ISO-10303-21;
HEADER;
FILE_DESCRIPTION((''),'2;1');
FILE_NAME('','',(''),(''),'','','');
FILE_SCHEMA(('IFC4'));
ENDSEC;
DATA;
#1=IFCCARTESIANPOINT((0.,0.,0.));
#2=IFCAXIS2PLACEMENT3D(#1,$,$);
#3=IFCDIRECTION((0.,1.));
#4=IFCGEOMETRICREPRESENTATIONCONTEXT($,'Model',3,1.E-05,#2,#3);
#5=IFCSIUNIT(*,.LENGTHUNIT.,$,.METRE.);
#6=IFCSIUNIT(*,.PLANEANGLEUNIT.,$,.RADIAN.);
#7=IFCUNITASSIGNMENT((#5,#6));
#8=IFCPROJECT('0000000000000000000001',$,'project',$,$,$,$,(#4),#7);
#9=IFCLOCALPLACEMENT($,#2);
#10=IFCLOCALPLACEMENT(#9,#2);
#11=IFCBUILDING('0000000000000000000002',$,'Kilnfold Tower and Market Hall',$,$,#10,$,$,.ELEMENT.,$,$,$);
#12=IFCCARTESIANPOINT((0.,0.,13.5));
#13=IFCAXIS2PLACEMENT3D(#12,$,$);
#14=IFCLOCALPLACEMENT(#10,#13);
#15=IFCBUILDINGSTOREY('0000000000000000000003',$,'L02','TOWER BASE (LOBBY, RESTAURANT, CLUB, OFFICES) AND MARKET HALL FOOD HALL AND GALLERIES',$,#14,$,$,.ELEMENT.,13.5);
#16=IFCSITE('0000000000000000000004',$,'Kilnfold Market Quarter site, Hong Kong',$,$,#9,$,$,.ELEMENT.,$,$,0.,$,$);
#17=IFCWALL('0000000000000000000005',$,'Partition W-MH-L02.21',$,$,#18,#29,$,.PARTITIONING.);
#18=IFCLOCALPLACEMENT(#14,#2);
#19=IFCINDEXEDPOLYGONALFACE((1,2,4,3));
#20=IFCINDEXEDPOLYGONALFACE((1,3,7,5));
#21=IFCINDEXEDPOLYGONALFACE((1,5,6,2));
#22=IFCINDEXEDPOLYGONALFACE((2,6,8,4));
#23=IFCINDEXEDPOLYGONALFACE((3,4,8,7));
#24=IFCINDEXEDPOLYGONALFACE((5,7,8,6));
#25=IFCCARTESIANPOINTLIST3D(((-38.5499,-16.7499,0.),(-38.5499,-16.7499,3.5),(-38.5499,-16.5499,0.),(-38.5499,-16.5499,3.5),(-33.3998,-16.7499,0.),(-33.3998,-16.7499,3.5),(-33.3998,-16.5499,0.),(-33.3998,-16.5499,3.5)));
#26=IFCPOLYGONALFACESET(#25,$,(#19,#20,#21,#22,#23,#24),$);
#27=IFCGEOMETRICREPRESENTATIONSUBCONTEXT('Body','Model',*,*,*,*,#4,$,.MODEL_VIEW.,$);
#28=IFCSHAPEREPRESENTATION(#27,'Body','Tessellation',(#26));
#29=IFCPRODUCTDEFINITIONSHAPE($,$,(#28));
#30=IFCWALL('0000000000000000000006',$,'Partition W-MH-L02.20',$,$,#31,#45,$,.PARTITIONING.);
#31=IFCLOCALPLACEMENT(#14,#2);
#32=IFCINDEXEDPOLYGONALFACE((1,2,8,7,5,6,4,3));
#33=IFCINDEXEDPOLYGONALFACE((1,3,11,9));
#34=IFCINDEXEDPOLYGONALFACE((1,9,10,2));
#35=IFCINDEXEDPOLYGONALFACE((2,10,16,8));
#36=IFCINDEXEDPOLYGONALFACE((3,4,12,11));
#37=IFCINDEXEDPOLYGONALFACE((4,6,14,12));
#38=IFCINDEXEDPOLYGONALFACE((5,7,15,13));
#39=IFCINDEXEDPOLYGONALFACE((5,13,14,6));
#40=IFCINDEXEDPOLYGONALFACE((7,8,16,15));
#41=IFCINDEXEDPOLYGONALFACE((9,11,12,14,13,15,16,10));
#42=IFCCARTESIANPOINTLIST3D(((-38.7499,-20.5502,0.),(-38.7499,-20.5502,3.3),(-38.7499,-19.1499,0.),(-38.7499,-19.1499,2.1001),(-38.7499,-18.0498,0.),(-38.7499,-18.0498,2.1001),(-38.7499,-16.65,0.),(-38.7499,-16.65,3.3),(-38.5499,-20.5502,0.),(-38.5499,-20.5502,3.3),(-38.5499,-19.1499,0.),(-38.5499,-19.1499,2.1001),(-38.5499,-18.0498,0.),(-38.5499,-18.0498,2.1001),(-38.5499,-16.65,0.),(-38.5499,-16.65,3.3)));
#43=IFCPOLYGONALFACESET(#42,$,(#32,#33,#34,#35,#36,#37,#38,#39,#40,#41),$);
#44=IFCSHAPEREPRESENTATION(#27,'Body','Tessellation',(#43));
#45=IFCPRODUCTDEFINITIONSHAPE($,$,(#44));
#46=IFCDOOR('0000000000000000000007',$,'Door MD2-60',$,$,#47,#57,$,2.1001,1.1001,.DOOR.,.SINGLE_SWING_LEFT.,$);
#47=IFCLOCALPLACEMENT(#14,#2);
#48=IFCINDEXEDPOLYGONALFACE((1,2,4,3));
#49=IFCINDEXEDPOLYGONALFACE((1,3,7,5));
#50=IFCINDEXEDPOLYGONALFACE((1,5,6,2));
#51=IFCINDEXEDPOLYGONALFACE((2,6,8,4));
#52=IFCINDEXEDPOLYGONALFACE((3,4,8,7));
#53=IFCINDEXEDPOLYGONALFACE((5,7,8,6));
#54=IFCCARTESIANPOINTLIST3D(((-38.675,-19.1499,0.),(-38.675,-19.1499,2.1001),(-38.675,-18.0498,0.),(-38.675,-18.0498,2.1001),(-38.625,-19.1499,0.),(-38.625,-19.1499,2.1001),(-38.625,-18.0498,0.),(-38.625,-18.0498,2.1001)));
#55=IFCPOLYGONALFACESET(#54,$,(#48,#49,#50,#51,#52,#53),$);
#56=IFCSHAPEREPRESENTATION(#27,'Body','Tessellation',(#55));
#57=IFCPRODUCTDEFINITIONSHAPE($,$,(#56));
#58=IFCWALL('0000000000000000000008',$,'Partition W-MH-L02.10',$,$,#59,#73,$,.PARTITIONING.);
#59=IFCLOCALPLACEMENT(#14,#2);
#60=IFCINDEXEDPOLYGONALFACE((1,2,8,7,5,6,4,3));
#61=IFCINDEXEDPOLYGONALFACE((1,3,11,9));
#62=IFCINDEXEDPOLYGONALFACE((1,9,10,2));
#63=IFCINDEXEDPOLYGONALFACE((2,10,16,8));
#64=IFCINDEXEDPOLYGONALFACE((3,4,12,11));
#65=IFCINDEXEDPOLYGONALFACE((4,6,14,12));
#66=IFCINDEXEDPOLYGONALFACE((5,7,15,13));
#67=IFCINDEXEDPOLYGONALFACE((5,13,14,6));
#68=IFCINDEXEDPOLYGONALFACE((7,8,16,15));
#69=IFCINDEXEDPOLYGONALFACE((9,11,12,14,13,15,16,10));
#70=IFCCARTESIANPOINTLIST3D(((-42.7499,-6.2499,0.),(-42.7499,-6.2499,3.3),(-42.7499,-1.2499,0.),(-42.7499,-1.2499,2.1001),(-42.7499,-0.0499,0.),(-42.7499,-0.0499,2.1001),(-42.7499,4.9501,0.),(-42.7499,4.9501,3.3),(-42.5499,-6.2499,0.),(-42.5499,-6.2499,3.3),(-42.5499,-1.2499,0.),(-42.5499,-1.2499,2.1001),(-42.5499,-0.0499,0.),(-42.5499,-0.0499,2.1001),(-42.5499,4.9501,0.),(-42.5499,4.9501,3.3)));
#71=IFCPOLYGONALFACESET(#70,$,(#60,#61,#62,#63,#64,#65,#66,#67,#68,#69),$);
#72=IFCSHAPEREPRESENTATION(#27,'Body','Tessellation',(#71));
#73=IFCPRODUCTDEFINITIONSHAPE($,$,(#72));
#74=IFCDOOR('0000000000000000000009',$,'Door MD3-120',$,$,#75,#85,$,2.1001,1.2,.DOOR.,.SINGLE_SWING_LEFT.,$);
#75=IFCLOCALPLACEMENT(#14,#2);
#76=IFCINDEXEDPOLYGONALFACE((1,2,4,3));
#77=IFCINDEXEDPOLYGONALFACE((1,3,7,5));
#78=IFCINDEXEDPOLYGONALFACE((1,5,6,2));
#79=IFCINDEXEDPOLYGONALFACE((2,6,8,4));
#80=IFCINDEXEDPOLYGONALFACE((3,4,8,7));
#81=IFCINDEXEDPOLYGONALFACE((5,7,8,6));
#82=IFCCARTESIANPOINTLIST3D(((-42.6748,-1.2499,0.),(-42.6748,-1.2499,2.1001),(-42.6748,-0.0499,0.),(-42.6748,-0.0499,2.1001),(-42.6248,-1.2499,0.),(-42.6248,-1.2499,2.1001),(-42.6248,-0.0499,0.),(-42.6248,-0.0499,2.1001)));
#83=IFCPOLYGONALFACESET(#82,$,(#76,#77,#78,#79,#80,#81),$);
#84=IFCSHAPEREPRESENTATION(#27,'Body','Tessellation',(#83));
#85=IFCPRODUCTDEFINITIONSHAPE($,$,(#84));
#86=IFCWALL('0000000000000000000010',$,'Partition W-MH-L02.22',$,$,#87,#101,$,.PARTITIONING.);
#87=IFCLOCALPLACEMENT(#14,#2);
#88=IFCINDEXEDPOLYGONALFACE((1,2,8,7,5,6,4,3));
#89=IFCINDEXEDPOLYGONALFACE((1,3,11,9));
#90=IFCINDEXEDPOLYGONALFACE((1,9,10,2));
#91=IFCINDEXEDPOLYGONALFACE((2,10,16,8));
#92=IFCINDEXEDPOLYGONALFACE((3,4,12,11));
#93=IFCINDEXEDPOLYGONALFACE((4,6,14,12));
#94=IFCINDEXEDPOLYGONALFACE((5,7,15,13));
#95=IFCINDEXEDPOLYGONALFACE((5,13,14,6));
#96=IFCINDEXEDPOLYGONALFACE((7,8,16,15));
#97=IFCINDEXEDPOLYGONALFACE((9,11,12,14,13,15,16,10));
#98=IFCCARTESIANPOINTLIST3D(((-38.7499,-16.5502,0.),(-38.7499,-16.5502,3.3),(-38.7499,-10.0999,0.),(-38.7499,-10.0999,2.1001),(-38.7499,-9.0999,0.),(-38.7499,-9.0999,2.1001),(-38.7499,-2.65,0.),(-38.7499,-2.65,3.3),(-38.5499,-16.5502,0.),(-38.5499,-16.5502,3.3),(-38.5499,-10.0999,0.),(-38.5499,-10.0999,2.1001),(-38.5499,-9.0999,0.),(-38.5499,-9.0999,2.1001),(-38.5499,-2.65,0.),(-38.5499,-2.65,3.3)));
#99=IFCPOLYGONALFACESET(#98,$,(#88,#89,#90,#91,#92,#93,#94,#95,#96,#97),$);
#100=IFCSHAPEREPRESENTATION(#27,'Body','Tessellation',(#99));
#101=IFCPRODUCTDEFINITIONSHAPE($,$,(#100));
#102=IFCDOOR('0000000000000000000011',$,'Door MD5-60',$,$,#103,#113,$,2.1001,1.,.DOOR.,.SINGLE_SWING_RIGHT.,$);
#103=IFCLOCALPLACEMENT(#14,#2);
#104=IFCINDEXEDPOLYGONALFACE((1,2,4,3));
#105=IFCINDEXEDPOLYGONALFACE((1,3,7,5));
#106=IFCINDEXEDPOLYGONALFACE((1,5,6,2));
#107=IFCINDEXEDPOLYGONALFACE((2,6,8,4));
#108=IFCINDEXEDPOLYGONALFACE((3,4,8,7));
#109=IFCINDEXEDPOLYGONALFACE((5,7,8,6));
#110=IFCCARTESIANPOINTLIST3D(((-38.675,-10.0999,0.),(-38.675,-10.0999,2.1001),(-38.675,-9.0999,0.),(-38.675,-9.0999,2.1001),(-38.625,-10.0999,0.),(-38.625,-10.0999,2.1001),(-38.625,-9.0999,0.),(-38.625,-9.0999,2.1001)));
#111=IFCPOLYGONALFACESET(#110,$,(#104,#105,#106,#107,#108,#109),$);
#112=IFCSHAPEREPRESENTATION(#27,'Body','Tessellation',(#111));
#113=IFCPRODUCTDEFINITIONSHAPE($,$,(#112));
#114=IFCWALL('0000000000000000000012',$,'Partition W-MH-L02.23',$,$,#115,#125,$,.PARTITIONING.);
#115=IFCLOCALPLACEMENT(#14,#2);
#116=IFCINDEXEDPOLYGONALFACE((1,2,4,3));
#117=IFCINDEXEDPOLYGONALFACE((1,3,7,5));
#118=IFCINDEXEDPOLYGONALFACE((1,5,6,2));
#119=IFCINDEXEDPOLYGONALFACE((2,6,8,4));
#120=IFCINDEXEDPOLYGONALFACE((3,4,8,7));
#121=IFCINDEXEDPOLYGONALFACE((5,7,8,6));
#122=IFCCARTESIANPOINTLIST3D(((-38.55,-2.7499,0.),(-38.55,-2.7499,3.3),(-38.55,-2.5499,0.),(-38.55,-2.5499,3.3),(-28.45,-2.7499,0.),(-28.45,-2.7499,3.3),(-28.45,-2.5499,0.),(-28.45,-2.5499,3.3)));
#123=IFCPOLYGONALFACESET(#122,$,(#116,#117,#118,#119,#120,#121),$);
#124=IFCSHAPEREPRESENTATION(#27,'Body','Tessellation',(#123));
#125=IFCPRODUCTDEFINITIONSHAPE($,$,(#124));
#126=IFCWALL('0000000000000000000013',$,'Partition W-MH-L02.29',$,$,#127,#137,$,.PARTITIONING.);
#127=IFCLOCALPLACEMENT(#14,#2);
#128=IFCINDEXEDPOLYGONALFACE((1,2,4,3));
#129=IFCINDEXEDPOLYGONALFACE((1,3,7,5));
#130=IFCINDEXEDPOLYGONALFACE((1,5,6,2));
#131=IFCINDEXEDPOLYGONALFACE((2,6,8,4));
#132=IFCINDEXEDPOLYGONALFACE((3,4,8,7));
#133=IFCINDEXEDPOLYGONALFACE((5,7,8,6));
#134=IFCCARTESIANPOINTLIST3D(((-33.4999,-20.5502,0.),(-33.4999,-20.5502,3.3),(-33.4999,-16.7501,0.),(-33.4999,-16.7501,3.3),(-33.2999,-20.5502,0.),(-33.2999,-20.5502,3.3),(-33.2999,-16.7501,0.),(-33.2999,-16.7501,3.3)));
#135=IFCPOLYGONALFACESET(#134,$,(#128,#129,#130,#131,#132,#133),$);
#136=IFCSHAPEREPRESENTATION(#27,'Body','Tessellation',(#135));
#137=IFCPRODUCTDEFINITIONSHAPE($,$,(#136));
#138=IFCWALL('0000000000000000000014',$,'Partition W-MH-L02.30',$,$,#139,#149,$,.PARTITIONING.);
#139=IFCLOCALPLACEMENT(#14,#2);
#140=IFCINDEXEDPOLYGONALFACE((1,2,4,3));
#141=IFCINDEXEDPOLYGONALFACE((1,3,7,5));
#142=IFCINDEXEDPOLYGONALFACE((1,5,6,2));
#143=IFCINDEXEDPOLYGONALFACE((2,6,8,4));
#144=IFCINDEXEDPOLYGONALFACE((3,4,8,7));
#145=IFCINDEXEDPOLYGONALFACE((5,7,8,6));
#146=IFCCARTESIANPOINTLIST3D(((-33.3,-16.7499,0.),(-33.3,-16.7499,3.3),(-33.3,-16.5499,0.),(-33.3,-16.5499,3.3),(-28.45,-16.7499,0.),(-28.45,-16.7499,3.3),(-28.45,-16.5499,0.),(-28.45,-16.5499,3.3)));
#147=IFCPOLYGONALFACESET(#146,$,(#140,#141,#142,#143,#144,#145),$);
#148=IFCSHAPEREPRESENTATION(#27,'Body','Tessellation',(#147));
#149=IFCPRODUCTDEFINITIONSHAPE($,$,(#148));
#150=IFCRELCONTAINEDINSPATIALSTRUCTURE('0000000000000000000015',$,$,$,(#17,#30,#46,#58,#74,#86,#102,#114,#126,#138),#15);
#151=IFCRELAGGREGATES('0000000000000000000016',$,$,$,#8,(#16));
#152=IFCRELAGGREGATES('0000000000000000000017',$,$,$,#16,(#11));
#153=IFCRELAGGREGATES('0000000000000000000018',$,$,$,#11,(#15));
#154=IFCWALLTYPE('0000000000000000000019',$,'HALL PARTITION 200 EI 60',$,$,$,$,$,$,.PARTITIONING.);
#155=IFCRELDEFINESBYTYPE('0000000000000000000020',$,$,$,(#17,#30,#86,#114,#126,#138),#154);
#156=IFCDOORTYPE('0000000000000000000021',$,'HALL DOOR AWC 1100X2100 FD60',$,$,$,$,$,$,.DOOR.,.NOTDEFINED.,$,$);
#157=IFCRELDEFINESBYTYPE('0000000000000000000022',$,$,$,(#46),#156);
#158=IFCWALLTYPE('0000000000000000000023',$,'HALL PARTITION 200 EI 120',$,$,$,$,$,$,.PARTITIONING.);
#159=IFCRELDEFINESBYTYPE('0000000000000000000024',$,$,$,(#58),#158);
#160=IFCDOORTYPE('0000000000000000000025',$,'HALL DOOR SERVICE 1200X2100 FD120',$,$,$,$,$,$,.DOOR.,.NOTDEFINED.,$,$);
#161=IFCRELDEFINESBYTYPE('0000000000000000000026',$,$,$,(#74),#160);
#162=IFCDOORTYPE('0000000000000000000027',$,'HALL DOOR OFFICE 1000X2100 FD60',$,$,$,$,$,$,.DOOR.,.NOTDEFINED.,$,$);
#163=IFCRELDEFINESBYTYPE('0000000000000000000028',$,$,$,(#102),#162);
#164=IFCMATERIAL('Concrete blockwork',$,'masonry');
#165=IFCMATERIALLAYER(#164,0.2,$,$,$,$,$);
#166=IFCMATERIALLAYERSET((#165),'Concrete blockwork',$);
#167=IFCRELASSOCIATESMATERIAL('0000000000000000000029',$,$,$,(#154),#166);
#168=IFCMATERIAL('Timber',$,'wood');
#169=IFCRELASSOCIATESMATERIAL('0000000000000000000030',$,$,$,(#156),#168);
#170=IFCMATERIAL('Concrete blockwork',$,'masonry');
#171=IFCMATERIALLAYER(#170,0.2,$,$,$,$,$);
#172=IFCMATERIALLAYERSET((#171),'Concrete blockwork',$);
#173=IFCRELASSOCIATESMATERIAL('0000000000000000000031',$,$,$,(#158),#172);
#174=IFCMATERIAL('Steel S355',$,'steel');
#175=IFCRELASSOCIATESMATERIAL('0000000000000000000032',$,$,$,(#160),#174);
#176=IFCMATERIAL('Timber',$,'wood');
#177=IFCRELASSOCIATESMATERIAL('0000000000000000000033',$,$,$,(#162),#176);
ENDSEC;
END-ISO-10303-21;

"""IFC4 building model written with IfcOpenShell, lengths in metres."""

from ifc_helpers import new_model, si_unit, direction, frame, frame_2d, origin, place, context, subcontext, project, spatial, rectangle, extrude, source, transform, mapped, material, layer, layer_set, type_object, element, fill, save


model = new_model("IFC4")

# Units and contexts
model_context = context("Model", 3, precision=1e-05, world=origin(), true_north=direction((0.0, 1.0)))
body_context = subcontext(model_context, "Body", "Model", "MODEL_VIEW")
ifc_project = project(units=[si_unit("LENGTHUNIT", "METRE"), si_unit("PLANEANGLEUNIT", "RADIAN")], contexts=[model_context])

# Site, building, storey
site_placement = place(None, origin())
site = spatial("IfcSite", under=ifc_project, at=site_placement, Name="Kilnfold Market Quarter site, Hong Kong", CompositionType="ELEMENT", RefElevation=0.0)
building_placement = place(site_placement, origin())
building = spatial("IfcBuilding", under=site, at=building_placement, Name="Kilnfold Tower and Market Hall", CompositionType="ELEMENT")
storey_placement = place(building_placement, frame((0.0, 0.0, 13.5)))
storey = spatial("IfcBuildingStorey", under=building, at=storey_placement, Name="L02", Description="TOWER BASE (LOBBY, RESTAURANT, CLUB, OFFICES) AND MARKET HALL FOOD HALL AND GALLERIES", CompositionType="ELEMENT", Elevation=13.5)

# Wall
ifc_material_1 = material(Name="Concrete blockwork", Category="masonry")
ifc_layer_1 = layer(ifc_material_1, 0.2)
ifc_layer_set_1 = layer_set([ifc_layer_1], Name="Concrete blockwork")
wall_type_1 = type_object("IfcWallType", Name="HALL PARTITION 200 EI 60", PredefinedType="PARTITIONING", material=ifc_layer_set_1)
shared_shape_1 = source(origin(), body_context, "Body", "SweptSolid", [
    extrude(rectangle(XDim=5.1501, YDim=0.2, at=frame_2d((2.5752, 0.0))), origin(), (0.0, 0.0, 1.0), 3.5),
])
wall_1_placement = place(storey_placement, frame((-38.55, -16.6499, 0.0), z_axis=(0.0, 0.0, 1.0), x_axis=(1.0, 0.0, 0.0)))
element("IfcWall", 1, at=wall_1_placement, inside=storey, type_object=wall_type_1, Name="Partition W-MH-L02.21", PredefinedType="PARTITIONING", context=body_context, shape_type="MappedRepresentation", body=[
    mapped(shared_shape_1, transform((0.0, 0.0, 0.0))),
])

# Walls, openings, doors
shared_shape_2 = source(origin(), body_context, "Body", "SweptSolid", [
    extrude(rectangle(XDim=3.9001, YDim=0.2, at=frame_2d((1.9502, 0.0))), origin(), (0.0, 0.0, 1.0), 3.3),
])
wall_2_placement = place(storey_placement, frame((-38.6499, -16.6499, 0.0), z_axis=(0.0, 0.0, 1.0), x_axis=(0.0, -1.0, 0.0)))
wall_2 = element("IfcWall", 2, at=wall_2_placement, inside=storey, type_object=wall_type_1, Name="Partition W-MH-L02.20", PredefinedType="PARTITIONING", context=body_context, shape_type="MappedRepresentation", body=[
    mapped(shared_shape_2, transform((0.0, 0.0, 0.0))),
])
opening_1_placement = place(wall_2_placement, frame((1.3999, 0.0, 0.0)))
opening_1 = element("IfcOpeningElement", 3, at=opening_1_placement, cuts=wall_2, PredefinedType="OPENING", context=body_context, shape_type="SweptSolid", body=[
    extrude(rectangle(XDim=1.1001, YDim=2.1001, at=frame_2d((0.55, 1.05))), frame((0.0, 0.1099, 0.0), z_axis=(0.0, -1.0, 0.0), x_axis=(1.0, 0.0, 0.0)), (0.0, 0.0, 1.0), 0.22),
])
ifc_material_2 = material(Name="Timber", Category="wood")
door_type_1 = type_object("IfcDoorType", Name="HALL DOOR AWC 1100X2100 FD60", OperationType="NOTDEFINED", PredefinedType="DOOR", material=ifc_material_2)
door_1_placement = place(opening_1_placement, origin())
door_1 = element("IfcDoor", 4, at=door_1_placement, inside=storey, type_object=door_type_1, Name="Door MD2-60", OperationType="SINGLE_SWING_LEFT", OverallHeight=2.1001, OverallWidth=1.1001, PredefinedType="DOOR", context=body_context, shape_type="SweptSolid", body=[
    extrude(rectangle(XDim=1.1001, YDim=2.1001, at=frame_2d((0.55, 1.05))), frame((0.0, 0.0249, 0.0), z_axis=(0.0, -1.0, 0.0), x_axis=(1.0, 0.0, 0.0)), (0.0, 0.0, 1.0), 0.05),
])
fill(opening_1, door_1)
ifc_material_3 = material(Name="Concrete blockwork", Category="masonry")
ifc_layer_2 = layer(ifc_material_3, 0.2)
ifc_layer_set_2 = layer_set([ifc_layer_2], Name="Concrete blockwork")
wall_type_2 = type_object("IfcWallType", Name="HALL PARTITION 200 EI 120", PredefinedType="PARTITIONING", material=ifc_layer_set_2)
shared_shape_3 = source(origin(), body_context, "Body", "SweptSolid", [
    extrude(rectangle(XDim=11.2, YDim=0.2, at=frame_2d((5.6001, 0.0))), origin(), (0.0, 0.0, 1.0), 3.3),
])
wall_3_placement = place(storey_placement, frame((-42.6499, -6.25, 0.0), z_axis=(0.0, 0.0, 1.0), x_axis=(0.0, 1.0, 0.0)))
wall_3 = element("IfcWall", 5, at=wall_3_placement, inside=storey, type_object=wall_type_2, Name="Partition W-MH-L02.10", PredefinedType="PARTITIONING", context=body_context, shape_type="MappedRepresentation", body=[
    mapped(shared_shape_3, transform((0.0, 0.0, 0.0))),
])
opening_2_placement = place(wall_3_placement, frame((5.0, 0.0, 0.0)))
opening_2 = element("IfcOpeningElement", 6, at=opening_2_placement, cuts=wall_3, PredefinedType="OPENING", context=body_context, shape_type="SweptSolid", body=[
    extrude(rectangle(XDim=1.2, YDim=2.1001, at=frame_2d((0.6001, 1.05))), frame((0.0, 0.1099, 0.0), z_axis=(0.0, -1.0, 0.0), x_axis=(1.0, 0.0, 0.0)), (0.0, 0.0, 1.0), 0.22),
])
ifc_material_4 = material(Name="Steel S355", Category="steel")
door_type_2 = type_object("IfcDoorType", Name="HALL DOOR SERVICE 1200X2100 FD120", OperationType="NOTDEFINED", PredefinedType="DOOR", material=ifc_material_4)
door_2_placement = place(opening_2_placement, origin())
door_2 = element("IfcDoor", 7, at=door_2_placement, inside=storey, type_object=door_type_2, Name="Door MD3-120", OperationType="SINGLE_SWING_LEFT", OverallHeight=2.1001, OverallWidth=1.2, PredefinedType="DOOR", context=body_context, shape_type="SweptSolid", body=[
    extrude(rectangle(XDim=1.2, YDim=2.1001, at=frame_2d((0.6001, 1.05))), frame((0.0, 0.0249, 0.0), z_axis=(0.0, -1.0, 0.0), x_axis=(1.0, 0.0, 0.0)), (0.0, 0.0, 1.0), 0.05),
])
fill(opening_2, door_2)
shared_shape_4 = source(origin(), body_context, "Body", "SweptSolid", [
    extrude(rectangle(XDim=13.9001, YDim=0.2, at=frame_2d((6.9502, 0.0))), origin(), (0.0, 0.0, 1.0), 3.3),
])
wall_4_placement = place(storey_placement, frame((-38.6499, -2.6499, 0.0), z_axis=(0.0, 0.0, 1.0), x_axis=(0.0, -1.0, 0.0)))
wall_4 = element("IfcWall", 8, at=wall_4_placement, inside=storey, type_object=wall_type_1, Name="Partition W-MH-L02.22", PredefinedType="PARTITIONING", context=body_context, shape_type="MappedRepresentation", body=[
    mapped(shared_shape_4, transform((0.0, 0.0, 0.0))),
])
opening_3_placement = place(wall_4_placement, frame((6.45, 0.0, 0.0)))
opening_3 = element("IfcOpeningElement", 9, at=opening_3_placement, cuts=wall_4, PredefinedType="OPENING", context=body_context, shape_type="SweptSolid", body=[
    extrude(rectangle(XDim=1.0, YDim=2.1001, at=frame_2d((0.5, 1.05))), frame((0.0, 0.1099, 0.0), z_axis=(0.0, -1.0, 0.0), x_axis=(1.0, 0.0, 0.0)), (0.0, 0.0, 1.0), 0.22),
])
ifc_material_5 = material(Name="Timber", Category="wood")
door_type_3 = type_object("IfcDoorType", Name="HALL DOOR OFFICE 1000X2100 FD60", OperationType="NOTDEFINED", PredefinedType="DOOR", material=ifc_material_5)
door_3_placement = place(opening_3_placement, origin())
door_3 = element("IfcDoor", 10, at=door_3_placement, inside=storey, type_object=door_type_3, Name="Door MD5-60", OperationType="SINGLE_SWING_RIGHT", OverallHeight=2.1001, OverallWidth=1.0, PredefinedType="DOOR", context=body_context, shape_type="SweptSolid", body=[
    extrude(rectangle(XDim=1.0, YDim=2.1001, at=frame_2d((0.5, 1.05))), frame((0.0, 0.0249, 0.0), z_axis=(0.0, -1.0, 0.0), x_axis=(1.0, 0.0, 0.0)), (0.0, 0.0, 1.0), 0.05),
])
fill(opening_3, door_3)

# Walls
shared_shape_5 = source(origin(), body_context, "Body", "SweptSolid", [
    extrude(rectangle(XDim=10.1001, YDim=0.2, at=frame_2d((5.05, 0.0))), origin(), (0.0, 0.0, 1.0), 3.3),
])
wall_5_placement = place(storey_placement, frame((-38.55, -2.6499, 0.0), z_axis=(0.0, 0.0, 1.0), x_axis=(1.0, 0.0, 0.0)))
element("IfcWall", 11, at=wall_5_placement, inside=storey, type_object=wall_type_1, Name="Partition W-MH-L02.23", PredefinedType="PARTITIONING", context=body_context, shape_type="MappedRepresentation", body=[
    mapped(shared_shape_5, transform((0.0, 0.0, 0.0))),
])
shared_shape_6 = source(origin(), body_context, "Body", "SweptSolid", [
    extrude(rectangle(XDim=3.8, YDim=0.2, at=frame_2d((1.8999, 0.0))), origin(), (0.0, 0.0, 1.0), 3.3),
])
wall_6_placement = place(storey_placement, frame((-33.3999, -20.55, 0.0), z_axis=(0.0, 0.0, 1.0), x_axis=(0.0, 1.0, 0.0)))
element("IfcWall", 12, at=wall_6_placement, inside=storey, type_object=wall_type_1, Name="Partition W-MH-L02.29", PredefinedType="PARTITIONING", context=body_context, shape_type="MappedRepresentation", body=[
    mapped(shared_shape_6, transform((0.0, 0.0, 0.0))),
])
shared_shape_7 = source(origin(), body_context, "Body", "SweptSolid", [
    extrude(rectangle(XDim=4.8501, YDim=0.2, at=frame_2d((2.425, 0.0))), origin(), (0.0, 0.0, 1.0), 3.3),
])
wall_7_placement = place(storey_placement, frame((-33.3, -16.6499, 0.0), z_axis=(0.0, 0.0, 1.0), x_axis=(1.0, 0.0, 0.0)))
element("IfcWall", 13, at=wall_7_placement, inside=storey, type_object=wall_type_1, Name="Partition W-MH-L02.30", PredefinedType="PARTITIONING", context=body_context, shape_type="MappedRepresentation", body=[
    mapped(shared_shape_7, transform((0.0, 0.0, 0.0))),
])

save(model, "model.ifc")
